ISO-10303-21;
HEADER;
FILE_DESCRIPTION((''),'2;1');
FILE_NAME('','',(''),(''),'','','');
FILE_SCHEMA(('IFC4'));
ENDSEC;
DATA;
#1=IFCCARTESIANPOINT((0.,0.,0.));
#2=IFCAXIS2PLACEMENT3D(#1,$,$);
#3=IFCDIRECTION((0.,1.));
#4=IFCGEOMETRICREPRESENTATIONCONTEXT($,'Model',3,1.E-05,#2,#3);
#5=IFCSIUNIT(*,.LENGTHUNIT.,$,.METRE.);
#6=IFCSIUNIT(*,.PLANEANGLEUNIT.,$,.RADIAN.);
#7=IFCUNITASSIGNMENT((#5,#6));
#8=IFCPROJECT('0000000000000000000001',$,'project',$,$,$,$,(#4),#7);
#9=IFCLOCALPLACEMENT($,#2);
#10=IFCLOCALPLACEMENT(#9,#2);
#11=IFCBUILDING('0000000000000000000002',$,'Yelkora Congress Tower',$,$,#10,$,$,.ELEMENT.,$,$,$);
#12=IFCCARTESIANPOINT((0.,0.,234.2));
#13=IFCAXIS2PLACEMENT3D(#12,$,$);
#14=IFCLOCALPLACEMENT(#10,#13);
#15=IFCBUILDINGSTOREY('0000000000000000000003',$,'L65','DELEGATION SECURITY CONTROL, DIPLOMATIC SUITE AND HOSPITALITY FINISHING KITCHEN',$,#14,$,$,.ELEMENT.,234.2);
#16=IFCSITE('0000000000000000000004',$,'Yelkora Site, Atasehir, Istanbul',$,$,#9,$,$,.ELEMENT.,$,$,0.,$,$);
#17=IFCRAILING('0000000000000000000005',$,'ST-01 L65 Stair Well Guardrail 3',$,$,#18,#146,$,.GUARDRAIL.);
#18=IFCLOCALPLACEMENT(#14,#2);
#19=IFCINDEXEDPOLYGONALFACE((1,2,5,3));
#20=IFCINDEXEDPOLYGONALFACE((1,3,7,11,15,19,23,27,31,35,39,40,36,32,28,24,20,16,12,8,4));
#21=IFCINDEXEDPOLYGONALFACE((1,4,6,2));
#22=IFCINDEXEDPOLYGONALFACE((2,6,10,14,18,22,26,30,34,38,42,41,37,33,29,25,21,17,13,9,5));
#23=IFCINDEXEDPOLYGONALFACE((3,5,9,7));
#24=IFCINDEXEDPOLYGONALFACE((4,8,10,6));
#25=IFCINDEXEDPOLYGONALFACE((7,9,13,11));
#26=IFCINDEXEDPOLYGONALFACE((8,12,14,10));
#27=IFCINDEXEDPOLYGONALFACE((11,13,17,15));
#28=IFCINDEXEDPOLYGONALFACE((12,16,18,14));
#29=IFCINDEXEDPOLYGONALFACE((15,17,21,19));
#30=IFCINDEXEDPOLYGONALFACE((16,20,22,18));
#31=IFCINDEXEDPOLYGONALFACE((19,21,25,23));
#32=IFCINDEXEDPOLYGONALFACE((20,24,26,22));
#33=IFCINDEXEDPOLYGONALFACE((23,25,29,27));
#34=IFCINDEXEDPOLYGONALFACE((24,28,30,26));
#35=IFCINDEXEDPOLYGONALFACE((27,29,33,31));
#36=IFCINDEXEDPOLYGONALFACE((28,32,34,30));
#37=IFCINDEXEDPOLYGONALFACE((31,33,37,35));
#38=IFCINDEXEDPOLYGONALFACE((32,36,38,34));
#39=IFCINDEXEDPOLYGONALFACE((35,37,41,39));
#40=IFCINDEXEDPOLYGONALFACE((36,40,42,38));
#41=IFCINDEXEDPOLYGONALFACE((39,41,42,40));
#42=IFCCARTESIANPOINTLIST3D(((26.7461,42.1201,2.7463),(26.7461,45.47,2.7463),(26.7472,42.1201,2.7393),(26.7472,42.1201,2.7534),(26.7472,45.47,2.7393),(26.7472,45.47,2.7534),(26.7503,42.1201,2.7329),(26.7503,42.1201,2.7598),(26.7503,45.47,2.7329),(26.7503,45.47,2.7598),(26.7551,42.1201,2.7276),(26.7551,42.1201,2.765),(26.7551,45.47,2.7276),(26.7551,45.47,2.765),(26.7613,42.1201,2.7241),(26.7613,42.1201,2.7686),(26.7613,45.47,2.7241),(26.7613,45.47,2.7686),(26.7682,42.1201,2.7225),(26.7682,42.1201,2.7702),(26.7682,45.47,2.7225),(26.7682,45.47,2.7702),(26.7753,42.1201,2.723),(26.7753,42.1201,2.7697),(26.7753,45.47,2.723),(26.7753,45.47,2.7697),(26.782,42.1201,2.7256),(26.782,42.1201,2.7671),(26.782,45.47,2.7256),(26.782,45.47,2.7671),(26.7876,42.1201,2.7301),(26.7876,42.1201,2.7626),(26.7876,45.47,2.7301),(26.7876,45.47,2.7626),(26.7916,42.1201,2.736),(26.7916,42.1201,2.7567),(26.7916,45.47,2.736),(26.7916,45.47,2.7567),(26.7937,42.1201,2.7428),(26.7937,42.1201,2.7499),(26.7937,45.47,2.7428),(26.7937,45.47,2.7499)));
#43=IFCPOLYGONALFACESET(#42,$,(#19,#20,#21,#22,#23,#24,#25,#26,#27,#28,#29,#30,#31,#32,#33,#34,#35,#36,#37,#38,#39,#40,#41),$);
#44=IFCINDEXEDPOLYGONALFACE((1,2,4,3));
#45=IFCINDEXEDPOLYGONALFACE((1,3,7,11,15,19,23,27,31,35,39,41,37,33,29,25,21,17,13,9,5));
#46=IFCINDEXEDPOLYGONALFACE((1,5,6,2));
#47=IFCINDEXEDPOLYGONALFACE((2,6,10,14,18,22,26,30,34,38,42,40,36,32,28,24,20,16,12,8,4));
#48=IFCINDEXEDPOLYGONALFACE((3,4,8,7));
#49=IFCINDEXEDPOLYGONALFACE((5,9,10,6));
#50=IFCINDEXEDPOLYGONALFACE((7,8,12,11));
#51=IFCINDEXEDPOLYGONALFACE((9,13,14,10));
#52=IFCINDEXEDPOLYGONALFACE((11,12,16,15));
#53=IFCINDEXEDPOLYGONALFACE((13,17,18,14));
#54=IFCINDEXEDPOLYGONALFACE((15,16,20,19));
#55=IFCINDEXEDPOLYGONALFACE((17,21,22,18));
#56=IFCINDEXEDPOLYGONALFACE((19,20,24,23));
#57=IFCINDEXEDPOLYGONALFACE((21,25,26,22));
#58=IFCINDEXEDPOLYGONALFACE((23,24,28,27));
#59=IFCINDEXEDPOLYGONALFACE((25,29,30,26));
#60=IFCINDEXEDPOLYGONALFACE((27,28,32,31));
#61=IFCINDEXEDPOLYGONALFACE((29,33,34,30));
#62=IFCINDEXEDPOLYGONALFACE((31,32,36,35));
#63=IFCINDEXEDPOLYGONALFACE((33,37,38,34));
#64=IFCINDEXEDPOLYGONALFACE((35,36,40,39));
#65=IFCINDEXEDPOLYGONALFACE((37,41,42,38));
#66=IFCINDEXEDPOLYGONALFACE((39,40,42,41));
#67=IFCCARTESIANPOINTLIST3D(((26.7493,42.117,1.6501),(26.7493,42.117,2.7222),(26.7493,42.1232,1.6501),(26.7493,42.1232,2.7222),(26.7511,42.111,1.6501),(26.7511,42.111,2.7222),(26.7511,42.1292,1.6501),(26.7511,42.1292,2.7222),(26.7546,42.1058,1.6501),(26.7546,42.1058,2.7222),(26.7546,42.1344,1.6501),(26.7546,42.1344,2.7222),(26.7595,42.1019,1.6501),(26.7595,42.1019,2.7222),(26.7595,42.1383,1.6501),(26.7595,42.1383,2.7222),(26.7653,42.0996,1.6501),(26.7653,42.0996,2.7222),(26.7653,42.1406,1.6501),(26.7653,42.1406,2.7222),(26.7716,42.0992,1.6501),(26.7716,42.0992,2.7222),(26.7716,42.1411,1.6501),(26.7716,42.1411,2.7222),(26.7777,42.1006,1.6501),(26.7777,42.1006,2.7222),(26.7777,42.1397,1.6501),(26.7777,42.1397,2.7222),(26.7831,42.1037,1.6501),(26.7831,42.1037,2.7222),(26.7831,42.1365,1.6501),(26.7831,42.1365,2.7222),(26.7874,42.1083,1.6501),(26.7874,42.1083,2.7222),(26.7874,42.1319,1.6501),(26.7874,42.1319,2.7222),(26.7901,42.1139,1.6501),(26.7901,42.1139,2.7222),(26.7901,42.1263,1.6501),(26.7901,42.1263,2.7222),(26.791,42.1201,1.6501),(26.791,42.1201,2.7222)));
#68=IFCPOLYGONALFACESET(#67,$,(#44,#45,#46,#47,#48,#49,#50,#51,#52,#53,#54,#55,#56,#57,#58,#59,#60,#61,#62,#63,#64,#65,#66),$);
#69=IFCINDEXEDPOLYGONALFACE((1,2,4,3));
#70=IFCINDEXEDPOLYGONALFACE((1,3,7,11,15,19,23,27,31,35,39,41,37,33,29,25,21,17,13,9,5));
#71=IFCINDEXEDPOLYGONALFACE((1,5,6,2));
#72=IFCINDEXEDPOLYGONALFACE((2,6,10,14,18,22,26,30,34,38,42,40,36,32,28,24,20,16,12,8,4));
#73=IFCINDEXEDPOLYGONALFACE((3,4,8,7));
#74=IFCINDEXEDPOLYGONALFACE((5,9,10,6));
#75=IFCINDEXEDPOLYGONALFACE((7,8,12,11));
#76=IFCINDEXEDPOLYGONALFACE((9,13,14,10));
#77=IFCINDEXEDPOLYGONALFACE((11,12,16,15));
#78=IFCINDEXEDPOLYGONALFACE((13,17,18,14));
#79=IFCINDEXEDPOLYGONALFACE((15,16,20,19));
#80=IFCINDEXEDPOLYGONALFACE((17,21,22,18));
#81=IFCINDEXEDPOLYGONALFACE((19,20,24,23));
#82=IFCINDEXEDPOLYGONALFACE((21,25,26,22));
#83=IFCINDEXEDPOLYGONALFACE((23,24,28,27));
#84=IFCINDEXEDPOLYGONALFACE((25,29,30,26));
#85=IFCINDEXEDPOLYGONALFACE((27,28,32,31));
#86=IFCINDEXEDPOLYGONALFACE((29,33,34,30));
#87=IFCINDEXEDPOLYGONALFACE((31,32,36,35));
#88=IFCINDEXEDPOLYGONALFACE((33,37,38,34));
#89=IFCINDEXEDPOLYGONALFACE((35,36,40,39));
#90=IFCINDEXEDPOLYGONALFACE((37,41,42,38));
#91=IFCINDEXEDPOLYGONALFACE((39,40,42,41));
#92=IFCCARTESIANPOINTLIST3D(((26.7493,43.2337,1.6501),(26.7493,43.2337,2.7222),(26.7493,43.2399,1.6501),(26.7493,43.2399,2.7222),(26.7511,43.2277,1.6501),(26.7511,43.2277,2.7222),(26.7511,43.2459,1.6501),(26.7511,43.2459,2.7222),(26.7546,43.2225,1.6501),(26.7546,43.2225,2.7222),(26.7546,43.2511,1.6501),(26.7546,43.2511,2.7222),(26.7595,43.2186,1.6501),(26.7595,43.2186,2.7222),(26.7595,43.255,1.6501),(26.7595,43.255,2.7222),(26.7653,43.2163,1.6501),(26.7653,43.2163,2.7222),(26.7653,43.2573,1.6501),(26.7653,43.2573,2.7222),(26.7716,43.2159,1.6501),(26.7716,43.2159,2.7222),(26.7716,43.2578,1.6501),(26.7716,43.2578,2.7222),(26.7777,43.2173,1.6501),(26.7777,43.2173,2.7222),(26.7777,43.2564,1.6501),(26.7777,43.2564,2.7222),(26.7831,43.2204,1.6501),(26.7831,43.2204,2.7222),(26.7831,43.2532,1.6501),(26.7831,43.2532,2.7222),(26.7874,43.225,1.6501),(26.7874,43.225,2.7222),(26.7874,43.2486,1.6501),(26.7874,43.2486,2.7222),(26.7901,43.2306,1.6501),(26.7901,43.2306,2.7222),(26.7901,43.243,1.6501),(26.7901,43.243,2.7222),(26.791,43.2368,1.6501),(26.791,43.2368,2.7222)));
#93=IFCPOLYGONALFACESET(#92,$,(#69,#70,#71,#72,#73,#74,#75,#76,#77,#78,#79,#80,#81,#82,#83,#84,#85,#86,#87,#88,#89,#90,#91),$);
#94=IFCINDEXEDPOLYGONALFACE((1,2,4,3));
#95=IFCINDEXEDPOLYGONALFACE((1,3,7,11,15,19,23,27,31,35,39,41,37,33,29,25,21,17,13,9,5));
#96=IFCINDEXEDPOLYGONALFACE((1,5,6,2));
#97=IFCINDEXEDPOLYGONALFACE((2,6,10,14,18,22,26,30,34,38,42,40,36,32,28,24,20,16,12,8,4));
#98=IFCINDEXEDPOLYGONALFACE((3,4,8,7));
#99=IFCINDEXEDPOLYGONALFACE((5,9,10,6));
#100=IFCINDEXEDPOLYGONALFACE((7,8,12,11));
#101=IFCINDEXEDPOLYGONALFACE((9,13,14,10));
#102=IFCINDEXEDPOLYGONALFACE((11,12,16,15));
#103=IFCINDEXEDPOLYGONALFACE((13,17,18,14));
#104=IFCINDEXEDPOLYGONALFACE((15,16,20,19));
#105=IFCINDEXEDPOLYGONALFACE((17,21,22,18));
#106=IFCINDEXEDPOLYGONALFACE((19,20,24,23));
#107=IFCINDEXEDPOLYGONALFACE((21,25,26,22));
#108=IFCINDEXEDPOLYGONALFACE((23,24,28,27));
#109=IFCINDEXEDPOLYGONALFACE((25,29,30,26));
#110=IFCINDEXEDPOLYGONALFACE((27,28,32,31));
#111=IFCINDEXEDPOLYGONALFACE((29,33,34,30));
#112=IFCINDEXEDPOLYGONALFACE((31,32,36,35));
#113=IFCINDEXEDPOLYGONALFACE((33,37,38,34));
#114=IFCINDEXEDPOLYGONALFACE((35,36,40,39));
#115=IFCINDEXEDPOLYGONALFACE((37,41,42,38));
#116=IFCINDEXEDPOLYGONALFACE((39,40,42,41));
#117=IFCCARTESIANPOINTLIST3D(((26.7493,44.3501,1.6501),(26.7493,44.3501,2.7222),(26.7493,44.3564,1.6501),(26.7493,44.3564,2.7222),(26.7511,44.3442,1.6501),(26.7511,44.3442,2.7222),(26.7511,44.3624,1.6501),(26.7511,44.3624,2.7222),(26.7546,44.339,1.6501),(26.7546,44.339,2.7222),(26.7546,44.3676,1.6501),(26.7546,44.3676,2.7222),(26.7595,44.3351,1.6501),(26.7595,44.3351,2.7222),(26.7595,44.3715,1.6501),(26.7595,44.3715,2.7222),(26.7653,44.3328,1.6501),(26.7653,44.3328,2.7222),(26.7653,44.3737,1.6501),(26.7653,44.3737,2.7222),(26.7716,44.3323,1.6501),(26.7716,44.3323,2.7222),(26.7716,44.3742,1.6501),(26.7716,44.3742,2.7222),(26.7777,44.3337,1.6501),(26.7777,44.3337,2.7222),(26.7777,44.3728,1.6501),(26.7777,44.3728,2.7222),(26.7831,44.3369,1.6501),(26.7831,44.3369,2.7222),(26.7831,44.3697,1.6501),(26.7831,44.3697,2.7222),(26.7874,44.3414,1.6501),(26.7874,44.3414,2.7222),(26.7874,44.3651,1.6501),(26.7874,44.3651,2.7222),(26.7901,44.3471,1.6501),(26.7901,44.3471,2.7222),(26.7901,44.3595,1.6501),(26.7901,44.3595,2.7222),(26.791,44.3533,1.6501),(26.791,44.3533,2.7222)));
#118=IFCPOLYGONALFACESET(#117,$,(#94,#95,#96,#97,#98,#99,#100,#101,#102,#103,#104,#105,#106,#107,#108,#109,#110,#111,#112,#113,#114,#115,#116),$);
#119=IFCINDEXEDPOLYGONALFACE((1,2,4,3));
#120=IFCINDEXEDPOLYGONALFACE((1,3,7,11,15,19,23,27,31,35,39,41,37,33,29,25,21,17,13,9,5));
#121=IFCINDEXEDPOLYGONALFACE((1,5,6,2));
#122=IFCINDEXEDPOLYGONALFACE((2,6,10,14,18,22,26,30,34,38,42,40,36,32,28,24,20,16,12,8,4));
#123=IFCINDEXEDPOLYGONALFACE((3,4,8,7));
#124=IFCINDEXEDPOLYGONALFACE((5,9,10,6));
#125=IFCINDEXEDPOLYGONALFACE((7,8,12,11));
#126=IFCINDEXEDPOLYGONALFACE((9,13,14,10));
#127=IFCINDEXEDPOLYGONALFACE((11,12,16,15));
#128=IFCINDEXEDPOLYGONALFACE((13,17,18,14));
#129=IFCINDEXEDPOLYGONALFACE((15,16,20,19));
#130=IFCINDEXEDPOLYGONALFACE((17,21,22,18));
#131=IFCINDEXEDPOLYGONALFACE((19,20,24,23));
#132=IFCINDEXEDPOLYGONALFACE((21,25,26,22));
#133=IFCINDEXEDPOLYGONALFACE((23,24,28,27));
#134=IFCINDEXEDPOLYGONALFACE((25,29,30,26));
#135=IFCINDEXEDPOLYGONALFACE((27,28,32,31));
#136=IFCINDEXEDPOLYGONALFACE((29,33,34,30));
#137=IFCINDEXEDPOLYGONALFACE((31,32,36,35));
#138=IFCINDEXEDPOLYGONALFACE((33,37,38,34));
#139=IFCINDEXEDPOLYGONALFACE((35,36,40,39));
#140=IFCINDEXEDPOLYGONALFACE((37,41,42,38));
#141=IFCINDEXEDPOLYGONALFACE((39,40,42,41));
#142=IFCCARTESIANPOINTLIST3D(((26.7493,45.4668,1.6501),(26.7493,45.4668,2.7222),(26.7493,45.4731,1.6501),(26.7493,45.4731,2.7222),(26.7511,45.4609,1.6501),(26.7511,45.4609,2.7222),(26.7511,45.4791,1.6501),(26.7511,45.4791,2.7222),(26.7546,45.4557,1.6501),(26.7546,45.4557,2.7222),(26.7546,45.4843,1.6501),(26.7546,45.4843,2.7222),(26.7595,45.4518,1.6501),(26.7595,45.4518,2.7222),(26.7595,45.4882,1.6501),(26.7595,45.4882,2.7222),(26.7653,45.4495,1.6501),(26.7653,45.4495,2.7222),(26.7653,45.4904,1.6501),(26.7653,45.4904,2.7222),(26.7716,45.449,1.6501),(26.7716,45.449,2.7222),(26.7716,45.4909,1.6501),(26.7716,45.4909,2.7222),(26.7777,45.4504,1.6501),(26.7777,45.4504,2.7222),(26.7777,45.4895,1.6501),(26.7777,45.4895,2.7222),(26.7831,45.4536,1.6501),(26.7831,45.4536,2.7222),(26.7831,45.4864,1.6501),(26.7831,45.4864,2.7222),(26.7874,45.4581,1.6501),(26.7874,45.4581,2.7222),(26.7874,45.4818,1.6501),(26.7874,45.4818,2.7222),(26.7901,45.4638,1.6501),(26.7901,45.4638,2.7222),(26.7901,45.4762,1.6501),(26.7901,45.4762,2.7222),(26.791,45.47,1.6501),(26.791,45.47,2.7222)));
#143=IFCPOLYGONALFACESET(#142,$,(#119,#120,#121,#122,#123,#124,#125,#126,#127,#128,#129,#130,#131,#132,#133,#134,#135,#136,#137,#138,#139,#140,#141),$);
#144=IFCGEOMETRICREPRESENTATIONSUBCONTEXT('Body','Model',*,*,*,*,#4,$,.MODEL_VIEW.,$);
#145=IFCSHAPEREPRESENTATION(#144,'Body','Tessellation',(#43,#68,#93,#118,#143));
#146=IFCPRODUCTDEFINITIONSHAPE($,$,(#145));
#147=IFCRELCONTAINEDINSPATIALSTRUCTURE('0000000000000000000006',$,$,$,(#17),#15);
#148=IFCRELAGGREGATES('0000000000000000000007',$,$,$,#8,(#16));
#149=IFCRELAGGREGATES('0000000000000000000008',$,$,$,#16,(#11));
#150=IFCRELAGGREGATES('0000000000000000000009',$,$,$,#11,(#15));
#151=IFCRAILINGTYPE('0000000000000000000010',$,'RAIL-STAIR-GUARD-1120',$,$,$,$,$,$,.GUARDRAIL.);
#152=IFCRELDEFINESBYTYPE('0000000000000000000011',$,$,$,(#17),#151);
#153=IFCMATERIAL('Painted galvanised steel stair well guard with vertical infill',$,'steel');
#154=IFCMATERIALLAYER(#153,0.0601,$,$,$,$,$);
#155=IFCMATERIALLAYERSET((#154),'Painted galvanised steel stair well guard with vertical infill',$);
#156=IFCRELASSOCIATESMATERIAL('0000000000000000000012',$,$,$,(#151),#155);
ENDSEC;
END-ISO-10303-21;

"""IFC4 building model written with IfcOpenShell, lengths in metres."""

from ifc_helpers import new_model, si_unit, direction, frame, origin, origin_2d, place, context, subcontext, project, spatial, circle, extrude, material, layer, layer_set, type_object, element, save


model = new_model("IFC4")

# Units and contexts
model_context = context("Model", 3, precision=1e-05, world=origin(), true_north=direction((0.0, 1.0)))
body_context = subcontext(model_context, "Body", "Model", "MODEL_VIEW")
ifc_project = project(units=[si_unit("LENGTHUNIT", "METRE"), si_unit("PLANEANGLEUNIT", "RADIAN")], contexts=[model_context])

# Site, building, storey
site_placement = place(None, origin())
site = spatial("IfcSite", under=ifc_project, at=site_placement, Name="Yelkora Site, Atasehir, Istanbul", CompositionType="ELEMENT", RefElevation=0.0)
building_placement = place(site_placement, origin())
building = spatial("IfcBuilding", under=site, at=building_placement, Name="Yelkora Congress Tower", CompositionType="ELEMENT")
storey_placement = place(building_placement, frame((0.0, 0.0, 234.2)))
storey = spatial("IfcBuildingStorey", under=building, at=storey_placement, Name="L65", Description="DELEGATION SECURITY CONTROL, DIPLOMATIC SUITE AND HOSPITALITY FINISHING KITCHEN", CompositionType="ELEMENT", Elevation=234.2)

# Railing
ifc_material_1 = material(Name="Painted galvanised steel stair well guard with vertical infill", Category="steel")
ifc_layer_1 = layer(ifc_material_1, 0.0601)
ifc_layer_set_1 = layer_set([ifc_layer_1], Name="Painted galvanised steel stair well guard with vertical infill")
railing_type_1 = type_object("IfcRailingType", Name="RAIL-STAIR-GUARD-1120", PredefinedType="GUARDRAIL", material=ifc_layer_set_1)
railing_1_placement = place(storey_placement, frame((26.77, 42.1201, 1.6501)))
element("IfcRailing", 1, at=railing_1_placement, inside=storey, type_object=railing_type_1, Name="ST-01 L65 Stair Well Guardrail 3", PredefinedType="GUARDRAIL", context=body_context, shape_type="SweptSolid", body=[
    extrude(circle(Radius=0.0239, at=origin_2d()), frame((0.0, 0.0, 1.0962), z_axis=(0.0, 1.0, 0.0), x_axis=(-1.0, 0.0, 0.0)), (0.0, 0.0, 1.0), 3.3499),
    extrude(circle(Radius=0.021, at=origin_2d()), origin(), (0.0, 0.0, 1.0), 1.072),
    extrude(circle(Radius=0.021, at=origin_2d()), frame((0.0, 1.1167, 0.0)), (0.0, 0.0, 1.0), 1.072),
    extrude(circle(Radius=0.021, at=origin_2d()), frame((0.0, 2.2332, 0.0)), (0.0, 0.0, 1.0), 1.072),
    extrude(circle(Radius=0.021, at=origin_2d()), frame((0.0, 3.3499, 0.0)), (0.0, 0.0, 1.0), 1.072),
])

save(model, "model.ifc")
